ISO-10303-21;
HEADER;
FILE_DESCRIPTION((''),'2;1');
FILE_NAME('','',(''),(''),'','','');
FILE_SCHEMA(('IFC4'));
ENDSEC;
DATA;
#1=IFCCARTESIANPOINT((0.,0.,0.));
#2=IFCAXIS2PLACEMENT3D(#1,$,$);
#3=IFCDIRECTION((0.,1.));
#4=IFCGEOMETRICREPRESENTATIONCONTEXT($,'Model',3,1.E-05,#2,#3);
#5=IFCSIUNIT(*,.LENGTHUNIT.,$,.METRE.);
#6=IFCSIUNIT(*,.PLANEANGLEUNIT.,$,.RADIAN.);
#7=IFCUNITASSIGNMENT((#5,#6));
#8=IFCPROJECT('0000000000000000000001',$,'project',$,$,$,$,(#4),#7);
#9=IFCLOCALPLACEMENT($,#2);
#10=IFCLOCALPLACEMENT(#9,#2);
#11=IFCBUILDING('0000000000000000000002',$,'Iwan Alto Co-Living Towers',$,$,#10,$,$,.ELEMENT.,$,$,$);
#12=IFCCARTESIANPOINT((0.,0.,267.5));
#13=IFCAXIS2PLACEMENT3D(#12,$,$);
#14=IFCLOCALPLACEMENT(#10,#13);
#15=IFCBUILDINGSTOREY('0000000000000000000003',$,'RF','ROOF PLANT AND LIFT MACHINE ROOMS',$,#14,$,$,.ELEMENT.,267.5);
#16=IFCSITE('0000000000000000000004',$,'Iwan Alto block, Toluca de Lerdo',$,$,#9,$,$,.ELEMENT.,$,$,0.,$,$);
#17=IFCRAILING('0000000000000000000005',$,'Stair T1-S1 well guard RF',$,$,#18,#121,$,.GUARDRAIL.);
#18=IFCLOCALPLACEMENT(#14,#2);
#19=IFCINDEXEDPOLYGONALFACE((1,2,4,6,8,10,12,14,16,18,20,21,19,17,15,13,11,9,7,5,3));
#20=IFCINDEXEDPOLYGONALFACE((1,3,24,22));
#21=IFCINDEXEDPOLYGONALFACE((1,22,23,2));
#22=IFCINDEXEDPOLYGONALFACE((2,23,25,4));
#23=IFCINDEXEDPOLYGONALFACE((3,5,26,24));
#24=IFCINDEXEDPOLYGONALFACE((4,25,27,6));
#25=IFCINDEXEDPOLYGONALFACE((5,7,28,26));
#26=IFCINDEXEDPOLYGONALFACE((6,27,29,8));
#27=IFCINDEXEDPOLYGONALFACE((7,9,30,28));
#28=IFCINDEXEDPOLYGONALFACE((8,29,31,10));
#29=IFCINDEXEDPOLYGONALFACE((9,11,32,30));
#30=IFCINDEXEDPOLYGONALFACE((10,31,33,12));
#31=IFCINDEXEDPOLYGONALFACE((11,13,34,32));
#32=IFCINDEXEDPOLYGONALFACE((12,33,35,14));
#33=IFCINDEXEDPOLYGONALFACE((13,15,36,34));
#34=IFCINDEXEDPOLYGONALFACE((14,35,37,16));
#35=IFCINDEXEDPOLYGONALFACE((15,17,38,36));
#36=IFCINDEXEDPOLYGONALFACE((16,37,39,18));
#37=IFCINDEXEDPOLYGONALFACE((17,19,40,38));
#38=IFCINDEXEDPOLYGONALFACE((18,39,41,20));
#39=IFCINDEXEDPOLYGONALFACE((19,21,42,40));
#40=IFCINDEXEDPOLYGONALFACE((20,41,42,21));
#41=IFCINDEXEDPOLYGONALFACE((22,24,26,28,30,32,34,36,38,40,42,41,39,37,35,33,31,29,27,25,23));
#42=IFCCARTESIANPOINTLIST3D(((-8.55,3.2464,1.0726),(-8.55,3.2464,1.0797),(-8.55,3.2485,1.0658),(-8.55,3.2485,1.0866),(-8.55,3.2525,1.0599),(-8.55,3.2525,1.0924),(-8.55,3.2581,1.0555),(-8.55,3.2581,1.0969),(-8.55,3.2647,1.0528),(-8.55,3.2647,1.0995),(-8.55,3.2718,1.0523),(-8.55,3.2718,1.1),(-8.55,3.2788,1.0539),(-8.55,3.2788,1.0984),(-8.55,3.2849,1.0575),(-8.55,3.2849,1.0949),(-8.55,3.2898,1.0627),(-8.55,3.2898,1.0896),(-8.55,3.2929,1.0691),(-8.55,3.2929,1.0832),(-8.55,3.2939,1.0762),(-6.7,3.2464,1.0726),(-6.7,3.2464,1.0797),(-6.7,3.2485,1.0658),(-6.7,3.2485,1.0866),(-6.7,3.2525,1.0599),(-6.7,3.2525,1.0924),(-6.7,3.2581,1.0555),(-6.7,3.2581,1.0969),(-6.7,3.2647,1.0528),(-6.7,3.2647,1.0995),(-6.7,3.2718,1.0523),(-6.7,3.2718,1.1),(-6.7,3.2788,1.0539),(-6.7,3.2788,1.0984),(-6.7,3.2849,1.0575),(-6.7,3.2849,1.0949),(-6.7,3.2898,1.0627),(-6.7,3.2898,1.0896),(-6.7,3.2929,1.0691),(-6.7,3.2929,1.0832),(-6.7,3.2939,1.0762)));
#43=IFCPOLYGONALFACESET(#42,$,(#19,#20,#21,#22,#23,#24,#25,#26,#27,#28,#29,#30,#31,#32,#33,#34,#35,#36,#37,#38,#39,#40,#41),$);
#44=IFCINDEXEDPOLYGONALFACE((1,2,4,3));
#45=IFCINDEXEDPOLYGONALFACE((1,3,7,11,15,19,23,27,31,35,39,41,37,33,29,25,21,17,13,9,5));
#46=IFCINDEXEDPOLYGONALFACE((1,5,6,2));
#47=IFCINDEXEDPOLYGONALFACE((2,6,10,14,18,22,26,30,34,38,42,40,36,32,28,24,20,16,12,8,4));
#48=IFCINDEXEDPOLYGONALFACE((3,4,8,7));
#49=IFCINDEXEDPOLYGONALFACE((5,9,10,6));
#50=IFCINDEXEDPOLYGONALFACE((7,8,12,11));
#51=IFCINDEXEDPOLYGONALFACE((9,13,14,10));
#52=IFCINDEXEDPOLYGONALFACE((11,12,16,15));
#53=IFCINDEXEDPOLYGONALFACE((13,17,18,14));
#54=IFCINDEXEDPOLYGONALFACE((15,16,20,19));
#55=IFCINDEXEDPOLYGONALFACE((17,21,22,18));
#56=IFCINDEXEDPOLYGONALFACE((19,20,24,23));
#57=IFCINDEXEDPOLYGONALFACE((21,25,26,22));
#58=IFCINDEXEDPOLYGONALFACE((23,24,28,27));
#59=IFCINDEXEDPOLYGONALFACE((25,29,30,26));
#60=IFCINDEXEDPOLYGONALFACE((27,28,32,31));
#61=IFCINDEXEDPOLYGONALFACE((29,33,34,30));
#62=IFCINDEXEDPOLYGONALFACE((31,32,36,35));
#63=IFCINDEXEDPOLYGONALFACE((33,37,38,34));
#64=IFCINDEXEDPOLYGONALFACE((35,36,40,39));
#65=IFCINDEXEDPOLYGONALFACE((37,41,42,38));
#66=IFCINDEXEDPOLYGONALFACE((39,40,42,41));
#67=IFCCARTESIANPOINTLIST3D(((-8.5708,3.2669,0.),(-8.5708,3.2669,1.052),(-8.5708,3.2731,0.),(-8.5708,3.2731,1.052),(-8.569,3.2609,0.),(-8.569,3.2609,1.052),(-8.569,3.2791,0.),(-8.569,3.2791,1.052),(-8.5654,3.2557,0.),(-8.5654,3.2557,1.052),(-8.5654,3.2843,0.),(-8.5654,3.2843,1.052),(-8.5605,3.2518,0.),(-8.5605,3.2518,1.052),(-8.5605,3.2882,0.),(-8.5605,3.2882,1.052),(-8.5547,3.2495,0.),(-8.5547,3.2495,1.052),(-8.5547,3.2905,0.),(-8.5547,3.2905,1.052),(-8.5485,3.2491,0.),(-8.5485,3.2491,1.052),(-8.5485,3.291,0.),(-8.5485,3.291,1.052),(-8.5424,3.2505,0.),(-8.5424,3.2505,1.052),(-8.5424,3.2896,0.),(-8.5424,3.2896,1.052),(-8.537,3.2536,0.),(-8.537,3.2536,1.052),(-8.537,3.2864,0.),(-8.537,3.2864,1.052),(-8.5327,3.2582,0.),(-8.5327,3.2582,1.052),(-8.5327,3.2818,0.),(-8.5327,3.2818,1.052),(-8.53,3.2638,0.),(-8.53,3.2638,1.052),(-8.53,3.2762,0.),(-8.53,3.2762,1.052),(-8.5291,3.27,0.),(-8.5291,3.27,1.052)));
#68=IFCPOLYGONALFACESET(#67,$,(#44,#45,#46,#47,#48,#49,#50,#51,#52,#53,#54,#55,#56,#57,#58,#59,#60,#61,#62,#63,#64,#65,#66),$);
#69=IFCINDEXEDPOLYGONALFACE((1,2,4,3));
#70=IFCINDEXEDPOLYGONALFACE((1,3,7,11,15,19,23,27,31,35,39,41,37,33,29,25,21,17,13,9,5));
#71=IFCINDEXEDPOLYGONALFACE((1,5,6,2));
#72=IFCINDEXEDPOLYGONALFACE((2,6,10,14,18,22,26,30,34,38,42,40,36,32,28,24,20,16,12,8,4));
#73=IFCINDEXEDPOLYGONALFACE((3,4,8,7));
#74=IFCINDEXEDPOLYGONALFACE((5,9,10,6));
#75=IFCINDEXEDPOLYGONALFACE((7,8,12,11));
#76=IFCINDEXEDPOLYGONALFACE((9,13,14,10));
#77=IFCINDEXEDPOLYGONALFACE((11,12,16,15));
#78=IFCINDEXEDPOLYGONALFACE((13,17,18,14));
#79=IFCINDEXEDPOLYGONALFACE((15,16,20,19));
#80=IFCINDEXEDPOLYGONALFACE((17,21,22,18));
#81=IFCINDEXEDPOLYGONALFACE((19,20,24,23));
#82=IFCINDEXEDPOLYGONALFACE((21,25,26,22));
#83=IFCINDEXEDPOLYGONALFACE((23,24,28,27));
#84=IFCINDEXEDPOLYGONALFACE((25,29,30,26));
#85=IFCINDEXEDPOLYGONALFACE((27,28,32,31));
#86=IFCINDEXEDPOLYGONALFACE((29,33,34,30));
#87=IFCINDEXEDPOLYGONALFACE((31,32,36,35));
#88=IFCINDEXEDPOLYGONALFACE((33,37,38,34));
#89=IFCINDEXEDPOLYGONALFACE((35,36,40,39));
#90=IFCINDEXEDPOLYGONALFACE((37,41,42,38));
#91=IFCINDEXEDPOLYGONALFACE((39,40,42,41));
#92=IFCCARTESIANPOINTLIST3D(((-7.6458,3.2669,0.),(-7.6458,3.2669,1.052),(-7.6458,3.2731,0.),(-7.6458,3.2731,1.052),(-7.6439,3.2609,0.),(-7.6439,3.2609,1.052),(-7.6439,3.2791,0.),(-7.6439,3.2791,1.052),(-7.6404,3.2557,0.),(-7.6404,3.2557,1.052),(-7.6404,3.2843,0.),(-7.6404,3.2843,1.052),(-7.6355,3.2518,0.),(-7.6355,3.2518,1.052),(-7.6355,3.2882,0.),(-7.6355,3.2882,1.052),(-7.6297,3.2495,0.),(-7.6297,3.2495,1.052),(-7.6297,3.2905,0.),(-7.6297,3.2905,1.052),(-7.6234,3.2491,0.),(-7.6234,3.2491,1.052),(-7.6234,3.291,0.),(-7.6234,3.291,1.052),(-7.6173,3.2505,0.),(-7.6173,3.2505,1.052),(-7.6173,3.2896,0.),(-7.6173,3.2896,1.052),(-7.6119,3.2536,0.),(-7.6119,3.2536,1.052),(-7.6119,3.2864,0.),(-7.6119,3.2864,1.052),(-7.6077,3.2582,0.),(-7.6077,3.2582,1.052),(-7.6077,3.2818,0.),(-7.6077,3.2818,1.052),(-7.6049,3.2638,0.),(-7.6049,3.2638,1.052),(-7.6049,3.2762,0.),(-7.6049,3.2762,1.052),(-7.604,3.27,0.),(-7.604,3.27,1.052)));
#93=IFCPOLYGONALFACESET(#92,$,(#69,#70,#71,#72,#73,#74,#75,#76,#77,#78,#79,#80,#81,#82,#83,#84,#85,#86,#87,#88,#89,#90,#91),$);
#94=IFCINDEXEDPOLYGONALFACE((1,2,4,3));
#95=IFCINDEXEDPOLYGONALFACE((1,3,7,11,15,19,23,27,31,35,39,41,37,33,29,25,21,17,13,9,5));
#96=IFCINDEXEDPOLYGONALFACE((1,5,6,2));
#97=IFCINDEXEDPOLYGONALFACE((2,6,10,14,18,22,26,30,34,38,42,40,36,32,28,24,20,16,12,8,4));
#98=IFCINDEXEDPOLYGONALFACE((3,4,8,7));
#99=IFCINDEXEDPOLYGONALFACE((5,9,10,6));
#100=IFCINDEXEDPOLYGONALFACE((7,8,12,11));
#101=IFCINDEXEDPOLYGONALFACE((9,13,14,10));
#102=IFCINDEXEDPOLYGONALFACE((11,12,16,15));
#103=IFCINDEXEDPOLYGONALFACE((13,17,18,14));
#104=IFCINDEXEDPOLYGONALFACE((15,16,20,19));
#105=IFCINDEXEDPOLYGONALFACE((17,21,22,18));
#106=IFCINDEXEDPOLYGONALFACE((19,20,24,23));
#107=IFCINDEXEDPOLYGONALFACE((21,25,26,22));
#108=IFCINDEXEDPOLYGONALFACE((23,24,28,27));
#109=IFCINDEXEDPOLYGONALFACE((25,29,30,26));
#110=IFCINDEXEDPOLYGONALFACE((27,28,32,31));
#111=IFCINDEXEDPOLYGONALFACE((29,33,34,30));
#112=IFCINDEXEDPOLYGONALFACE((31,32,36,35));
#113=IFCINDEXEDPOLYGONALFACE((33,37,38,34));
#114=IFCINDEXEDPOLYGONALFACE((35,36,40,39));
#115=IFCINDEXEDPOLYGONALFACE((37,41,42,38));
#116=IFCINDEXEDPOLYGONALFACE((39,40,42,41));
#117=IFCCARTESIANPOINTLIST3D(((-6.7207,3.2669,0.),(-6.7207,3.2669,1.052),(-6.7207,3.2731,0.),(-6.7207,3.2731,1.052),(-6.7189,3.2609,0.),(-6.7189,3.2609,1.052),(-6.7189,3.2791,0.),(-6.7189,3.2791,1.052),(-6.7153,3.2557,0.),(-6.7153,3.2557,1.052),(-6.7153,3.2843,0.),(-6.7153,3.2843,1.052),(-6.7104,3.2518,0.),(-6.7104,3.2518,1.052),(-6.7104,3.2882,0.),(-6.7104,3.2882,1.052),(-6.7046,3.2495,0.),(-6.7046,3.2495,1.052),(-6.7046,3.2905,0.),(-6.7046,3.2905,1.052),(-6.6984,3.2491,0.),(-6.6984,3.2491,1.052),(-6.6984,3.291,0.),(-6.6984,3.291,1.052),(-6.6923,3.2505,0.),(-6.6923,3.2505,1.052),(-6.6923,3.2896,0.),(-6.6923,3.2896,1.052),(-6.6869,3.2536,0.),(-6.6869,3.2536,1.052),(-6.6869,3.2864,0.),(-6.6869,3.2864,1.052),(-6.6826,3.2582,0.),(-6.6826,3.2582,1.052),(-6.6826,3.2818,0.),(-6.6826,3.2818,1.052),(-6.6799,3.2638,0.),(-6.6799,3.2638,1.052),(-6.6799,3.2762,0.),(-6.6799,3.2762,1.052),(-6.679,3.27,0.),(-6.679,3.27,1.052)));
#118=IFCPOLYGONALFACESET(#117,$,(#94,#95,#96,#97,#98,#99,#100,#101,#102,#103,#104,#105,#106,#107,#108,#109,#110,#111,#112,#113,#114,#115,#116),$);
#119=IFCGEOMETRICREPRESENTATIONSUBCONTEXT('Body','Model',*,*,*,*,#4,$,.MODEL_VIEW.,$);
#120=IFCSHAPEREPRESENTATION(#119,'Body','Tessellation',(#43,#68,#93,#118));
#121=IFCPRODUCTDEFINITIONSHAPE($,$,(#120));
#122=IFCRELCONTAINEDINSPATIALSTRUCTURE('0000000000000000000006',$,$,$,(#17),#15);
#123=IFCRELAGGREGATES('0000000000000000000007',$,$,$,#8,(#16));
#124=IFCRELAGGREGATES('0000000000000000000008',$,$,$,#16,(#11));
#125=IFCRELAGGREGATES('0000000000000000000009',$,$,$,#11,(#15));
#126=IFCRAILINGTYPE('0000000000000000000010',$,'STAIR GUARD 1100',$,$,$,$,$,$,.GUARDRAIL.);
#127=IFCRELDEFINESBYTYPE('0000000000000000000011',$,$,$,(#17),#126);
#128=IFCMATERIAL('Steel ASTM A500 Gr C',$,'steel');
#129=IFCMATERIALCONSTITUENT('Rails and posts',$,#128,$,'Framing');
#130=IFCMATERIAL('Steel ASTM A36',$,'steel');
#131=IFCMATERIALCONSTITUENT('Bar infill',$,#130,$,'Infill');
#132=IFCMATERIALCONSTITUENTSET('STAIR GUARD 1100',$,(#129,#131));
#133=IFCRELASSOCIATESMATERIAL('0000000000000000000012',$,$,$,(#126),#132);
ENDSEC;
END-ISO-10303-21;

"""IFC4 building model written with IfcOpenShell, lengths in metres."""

from ifc_helpers import new_model, si_unit, direction, frame, origin, origin_2d, place, context, subcontext, project, spatial, circle, extrude, material, constituent, constituent_set, type_object, element, save


model = new_model("IFC4")

# Units and contexts
model_context = context("Model", 3, precision=1e-05, world=origin(), true_north=direction((0.0, 1.0)))
body_context = subcontext(model_context, "Body", "Model", "MODEL_VIEW")
ifc_project = project(units=[si_unit("LENGTHUNIT", "METRE"), si_unit("PLANEANGLEUNIT", "RADIAN")], contexts=[model_context])

# Site, building, storey
site_placement = place(None, origin())
site = spatial("IfcSite", under=ifc_project, at=site_placement, Name="Iwan Alto block, Toluca de Lerdo", CompositionType="ELEMENT", RefElevation=0.0)
building_placement = place(site_placement, origin())
building = spatial("IfcBuilding", under=site, at=building_placement, Name="Iwan Alto Co-Living Towers", CompositionType="ELEMENT")
storey_placement = place(building_placement, frame((0.0, 0.0, 267.5)))
storey = spatial("IfcBuildingStorey", under=building, at=storey_placement, Name="RF", Description="ROOF PLANT AND LIFT MACHINE ROOMS", CompositionType="ELEMENT", Elevation=267.5)

# Railing
ifc_material_1 = material(Name="Steel ASTM A500 Gr C", Category="steel")
ifc_constituent_1 = constituent(ifc_material_1, Name="Rails and posts", Category="Framing")
ifc_material_2 = material(Name="Steel ASTM A36", Category="steel")
ifc_constituent_2 = constituent(ifc_material_2, Name="Bar infill", Category="Infill")
ifc_constituent_set_1 = constituent_set(constituents=[ifc_constituent_1, ifc_constituent_2], Name="STAIR GUARD 1100")
railing_type = type_object("IfcRailingType", Name="STAIR GUARD 1100", PredefinedType="GUARDRAIL", material=ifc_constituent_set_1)
railing_placement = place(storey_placement, frame((-8.55, 3.27, 0.0)))
element("IfcRailing", 1, at=railing_placement, inside=storey, type_object=railing_type, Name="Stair T1-S1 well guard RF", PredefinedType="GUARDRAIL", context=body_context, shape_type="SweptSolid", body=[
    extrude(circle(Radius=0.0239, at=origin_2d()), frame((0.0, 0.0, 1.0762), z_axis=(1.0, 0.0, 0.0), x_axis=(0.0, 1.0, 0.0)), (0.0, 0.0, 1.0), 1.8501),
    extrude(circle(Radius=0.021, at=origin_2d()), origin(), (0.0, 0.0, 1.0), 1.052),
    extrude(circle(Radius=0.021, at=origin_2d()), frame((0.925, 0.0, 0.0)), (0.0, 0.0, 1.0), 1.052),
    extrude(circle(Radius=0.021, at=origin_2d()), frame((1.8501, 0.0, 0.0)), (0.0, 0.0, 1.0), 1.052),
])

save(model, "model.ifc")
